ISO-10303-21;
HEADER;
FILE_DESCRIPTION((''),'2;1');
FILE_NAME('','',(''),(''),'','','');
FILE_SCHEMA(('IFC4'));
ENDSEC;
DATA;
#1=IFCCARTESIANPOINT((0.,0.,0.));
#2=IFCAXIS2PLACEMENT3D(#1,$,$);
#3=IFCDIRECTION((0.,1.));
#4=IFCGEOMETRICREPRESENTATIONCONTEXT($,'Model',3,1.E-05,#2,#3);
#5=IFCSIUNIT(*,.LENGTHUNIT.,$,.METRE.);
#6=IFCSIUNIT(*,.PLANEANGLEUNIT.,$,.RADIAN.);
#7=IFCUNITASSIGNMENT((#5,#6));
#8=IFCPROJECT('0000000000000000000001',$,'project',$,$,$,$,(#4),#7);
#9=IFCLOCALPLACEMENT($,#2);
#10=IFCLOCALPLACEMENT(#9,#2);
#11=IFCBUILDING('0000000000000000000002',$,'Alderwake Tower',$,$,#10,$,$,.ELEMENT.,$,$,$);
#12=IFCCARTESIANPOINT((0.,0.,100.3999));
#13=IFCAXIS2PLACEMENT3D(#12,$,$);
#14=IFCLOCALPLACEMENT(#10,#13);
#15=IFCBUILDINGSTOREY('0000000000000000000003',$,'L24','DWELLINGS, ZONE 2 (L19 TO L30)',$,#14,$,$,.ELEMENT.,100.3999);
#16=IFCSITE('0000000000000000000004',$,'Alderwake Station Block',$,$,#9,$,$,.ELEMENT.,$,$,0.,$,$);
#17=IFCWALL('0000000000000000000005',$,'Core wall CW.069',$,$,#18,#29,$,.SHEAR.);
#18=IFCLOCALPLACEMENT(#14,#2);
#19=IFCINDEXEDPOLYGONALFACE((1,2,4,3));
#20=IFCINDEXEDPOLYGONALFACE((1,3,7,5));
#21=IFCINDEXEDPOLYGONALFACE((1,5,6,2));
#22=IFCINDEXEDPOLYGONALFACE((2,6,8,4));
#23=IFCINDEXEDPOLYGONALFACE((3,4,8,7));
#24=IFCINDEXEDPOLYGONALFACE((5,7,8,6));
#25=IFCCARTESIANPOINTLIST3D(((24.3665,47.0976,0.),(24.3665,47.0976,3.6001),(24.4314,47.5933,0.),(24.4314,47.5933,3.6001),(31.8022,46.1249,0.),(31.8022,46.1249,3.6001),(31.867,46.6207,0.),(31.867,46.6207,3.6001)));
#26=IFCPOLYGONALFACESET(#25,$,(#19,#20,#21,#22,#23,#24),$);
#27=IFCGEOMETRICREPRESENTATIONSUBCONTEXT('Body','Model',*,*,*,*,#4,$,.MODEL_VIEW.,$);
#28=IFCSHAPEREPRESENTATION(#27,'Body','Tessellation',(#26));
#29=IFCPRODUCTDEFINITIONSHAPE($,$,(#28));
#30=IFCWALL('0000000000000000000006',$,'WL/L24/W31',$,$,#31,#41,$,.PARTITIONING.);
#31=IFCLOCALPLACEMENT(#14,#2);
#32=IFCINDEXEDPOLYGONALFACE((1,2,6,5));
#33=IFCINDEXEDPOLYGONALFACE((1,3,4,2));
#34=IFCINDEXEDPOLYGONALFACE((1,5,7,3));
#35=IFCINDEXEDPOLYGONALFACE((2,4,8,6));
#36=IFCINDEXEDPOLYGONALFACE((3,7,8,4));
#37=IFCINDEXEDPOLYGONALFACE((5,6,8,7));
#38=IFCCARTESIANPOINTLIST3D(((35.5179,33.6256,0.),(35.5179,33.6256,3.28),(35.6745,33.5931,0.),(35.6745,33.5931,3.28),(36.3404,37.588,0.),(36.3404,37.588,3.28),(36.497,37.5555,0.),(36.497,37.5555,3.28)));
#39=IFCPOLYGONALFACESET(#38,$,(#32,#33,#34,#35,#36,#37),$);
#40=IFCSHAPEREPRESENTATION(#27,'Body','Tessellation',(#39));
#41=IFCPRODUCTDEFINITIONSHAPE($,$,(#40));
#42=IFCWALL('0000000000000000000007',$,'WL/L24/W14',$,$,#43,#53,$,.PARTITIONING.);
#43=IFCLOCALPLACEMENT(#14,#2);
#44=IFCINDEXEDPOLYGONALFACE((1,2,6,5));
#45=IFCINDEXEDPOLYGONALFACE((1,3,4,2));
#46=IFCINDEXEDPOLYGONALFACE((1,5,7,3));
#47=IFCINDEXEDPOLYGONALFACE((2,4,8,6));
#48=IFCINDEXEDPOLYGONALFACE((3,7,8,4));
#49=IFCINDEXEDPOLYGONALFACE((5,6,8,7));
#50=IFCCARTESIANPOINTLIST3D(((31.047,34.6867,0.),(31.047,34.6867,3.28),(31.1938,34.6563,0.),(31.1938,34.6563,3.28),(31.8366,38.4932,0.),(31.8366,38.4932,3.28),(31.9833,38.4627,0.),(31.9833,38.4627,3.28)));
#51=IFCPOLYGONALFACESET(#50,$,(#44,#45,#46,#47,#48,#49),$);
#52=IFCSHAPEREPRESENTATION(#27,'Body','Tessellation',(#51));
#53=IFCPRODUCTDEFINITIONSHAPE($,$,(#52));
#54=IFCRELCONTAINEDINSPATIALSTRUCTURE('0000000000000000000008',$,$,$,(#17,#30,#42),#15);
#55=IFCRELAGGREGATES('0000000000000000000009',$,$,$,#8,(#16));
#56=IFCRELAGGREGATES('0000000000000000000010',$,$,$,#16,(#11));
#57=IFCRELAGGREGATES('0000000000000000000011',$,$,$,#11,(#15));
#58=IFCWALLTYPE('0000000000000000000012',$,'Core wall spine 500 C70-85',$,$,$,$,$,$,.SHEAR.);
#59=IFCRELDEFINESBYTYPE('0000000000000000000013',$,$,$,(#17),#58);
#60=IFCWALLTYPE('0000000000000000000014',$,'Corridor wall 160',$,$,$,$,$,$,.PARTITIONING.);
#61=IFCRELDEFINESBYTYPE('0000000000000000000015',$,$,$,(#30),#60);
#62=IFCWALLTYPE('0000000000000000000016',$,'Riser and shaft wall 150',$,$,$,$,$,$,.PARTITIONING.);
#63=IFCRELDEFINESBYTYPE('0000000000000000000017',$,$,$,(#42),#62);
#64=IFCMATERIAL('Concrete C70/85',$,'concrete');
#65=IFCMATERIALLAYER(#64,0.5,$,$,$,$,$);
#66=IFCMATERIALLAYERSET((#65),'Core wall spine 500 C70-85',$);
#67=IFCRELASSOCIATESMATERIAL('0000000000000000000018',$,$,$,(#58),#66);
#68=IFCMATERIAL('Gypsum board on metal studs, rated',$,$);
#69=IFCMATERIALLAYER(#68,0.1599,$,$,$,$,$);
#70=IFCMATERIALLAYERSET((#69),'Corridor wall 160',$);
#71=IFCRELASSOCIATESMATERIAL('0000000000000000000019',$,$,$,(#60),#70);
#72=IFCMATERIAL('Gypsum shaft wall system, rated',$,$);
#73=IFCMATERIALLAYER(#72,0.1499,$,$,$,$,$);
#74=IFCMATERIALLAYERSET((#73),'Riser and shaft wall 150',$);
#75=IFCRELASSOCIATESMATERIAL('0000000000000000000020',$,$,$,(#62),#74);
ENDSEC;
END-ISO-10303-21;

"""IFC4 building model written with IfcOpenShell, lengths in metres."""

from ifc_helpers import new_model, si_unit, direction, frame, frame_2d, origin, place, context, subcontext, project, spatial, rectangle, extrude, material, layer, layer_set, type_object, element, save


model = new_model("IFC4")

# Units and contexts
model_context = context("Model", 3, precision=1e-05, world=origin(), true_north=direction((0.0, 1.0)))
body_context = subcontext(model_context, "Body", "Model", "MODEL_VIEW")
ifc_project = project(units=[si_unit("LENGTHUNIT", "METRE"), si_unit("PLANEANGLEUNIT", "RADIAN")], contexts=[model_context])

# Site, building, storey
site_placement = place(None, origin())
site = spatial("IfcSite", under=ifc_project, at=site_placement, Name="Alderwake Station Block", CompositionType="ELEMENT", RefElevation=0.0)
building_placement = place(site_placement, origin())
building = spatial("IfcBuilding", under=site, at=building_placement, Name="Alderwake Tower", CompositionType="ELEMENT")
storey_placement = place(building_placement, frame((0.0, 0.0, 100.3999)))
storey = spatial("IfcBuildingStorey", under=building, at=storey_placement, Name="L24", Description="DWELLINGS, ZONE 2 (L19 TO L30)", CompositionType="ELEMENT", Elevation=100.3999)

# Shared definitions
ifc_material_1 = material(Name="Concrete C70/85", Category="concrete")
ifc_layer_1 = layer(ifc_material_1, 0.5)
ifc_layer_set_1 = layer_set([ifc_layer_1], Name="Core wall spine 500 C70-85")
wall_type_1 = type_object("IfcWallType", Name="Core wall spine 500 C70-85", PredefinedType="SHEAR", material=ifc_layer_set_1)

# Walls
wall_1_placement = place(storey_placement, frame((24.3989, 47.3455, 0.0), z_axis=(0.0, 0.0, 1.0), x_axis=(0.991553, -0.129702, 0.0)))
element("IfcWall", 1, at=wall_1_placement, inside=storey, type_object=wall_type_1, Name="Core wall CW.069", PredefinedType="SHEAR", context=body_context, shape_type="SweptSolid", body=[
    extrude(rectangle(XDim=7.499, YDim=0.5, at=frame_2d((3.7495, 0.0))), origin(), (0.0, 0.0, 1.0), 3.6001),
])
ifc_material_2 = material(Name="Gypsum board on metal studs, rated")
ifc_layer_2 = layer(ifc_material_2, 0.1599)
ifc_layer_set_2 = layer_set([ifc_layer_2], Name="Corridor wall 160")
wall_type_2 = type_object("IfcWallType", Name="Corridor wall 160", PredefinedType="PARTITIONING", material=ifc_layer_set_2)
wall_2_placement = place(storey_placement, frame((36.4187, 37.5718, 0.0), z_axis=(0.0, 0.0, 1.0), x_axis=(-0.203246, -0.979128, 0.0)))
element("IfcWall", 2, at=wall_2_placement, inside=storey, type_object=wall_type_2, Name="WL/L24/W31", PredefinedType="PARTITIONING", context=body_context, shape_type="SweptSolid", body=[
    extrude(rectangle(XDim=4.0469, YDim=0.1599, at=frame_2d((2.0234, 0.0))), origin(), (0.0, 0.0, 1.0), 3.28),
])
ifc_material_3 = material(Name="Gypsum shaft wall system, rated")
ifc_layer_3 = layer(ifc_material_3, 0.1499)
ifc_layer_set_3 = layer_set([ifc_layer_3], Name="Riser and shaft wall 150")
wall_type_3 = type_object("IfcWallType", Name="Riser and shaft wall 150", PredefinedType="PARTITIONING", material=ifc_layer_set_3)
wall_3_placement = place(storey_placement, frame((31.1204, 34.6714, 0.0), z_axis=(0.0, 0.0, 1.0), x_axis=(0.203104, 0.979157, 0.0)))
element("IfcWall", 3, at=wall_3_placement, inside=storey, type_object=wall_type_3, Name="WL/L24/W14", PredefinedType="PARTITIONING", context=body_context, shape_type="SweptSolid", body=[
    extrude(rectangle(XDim=3.8875, YDim=0.1499, at=frame_2d((1.9438, 0.0))), origin(), (0.0, 0.0, 1.0), 3.28),
])

save(model, "model.ifc")
